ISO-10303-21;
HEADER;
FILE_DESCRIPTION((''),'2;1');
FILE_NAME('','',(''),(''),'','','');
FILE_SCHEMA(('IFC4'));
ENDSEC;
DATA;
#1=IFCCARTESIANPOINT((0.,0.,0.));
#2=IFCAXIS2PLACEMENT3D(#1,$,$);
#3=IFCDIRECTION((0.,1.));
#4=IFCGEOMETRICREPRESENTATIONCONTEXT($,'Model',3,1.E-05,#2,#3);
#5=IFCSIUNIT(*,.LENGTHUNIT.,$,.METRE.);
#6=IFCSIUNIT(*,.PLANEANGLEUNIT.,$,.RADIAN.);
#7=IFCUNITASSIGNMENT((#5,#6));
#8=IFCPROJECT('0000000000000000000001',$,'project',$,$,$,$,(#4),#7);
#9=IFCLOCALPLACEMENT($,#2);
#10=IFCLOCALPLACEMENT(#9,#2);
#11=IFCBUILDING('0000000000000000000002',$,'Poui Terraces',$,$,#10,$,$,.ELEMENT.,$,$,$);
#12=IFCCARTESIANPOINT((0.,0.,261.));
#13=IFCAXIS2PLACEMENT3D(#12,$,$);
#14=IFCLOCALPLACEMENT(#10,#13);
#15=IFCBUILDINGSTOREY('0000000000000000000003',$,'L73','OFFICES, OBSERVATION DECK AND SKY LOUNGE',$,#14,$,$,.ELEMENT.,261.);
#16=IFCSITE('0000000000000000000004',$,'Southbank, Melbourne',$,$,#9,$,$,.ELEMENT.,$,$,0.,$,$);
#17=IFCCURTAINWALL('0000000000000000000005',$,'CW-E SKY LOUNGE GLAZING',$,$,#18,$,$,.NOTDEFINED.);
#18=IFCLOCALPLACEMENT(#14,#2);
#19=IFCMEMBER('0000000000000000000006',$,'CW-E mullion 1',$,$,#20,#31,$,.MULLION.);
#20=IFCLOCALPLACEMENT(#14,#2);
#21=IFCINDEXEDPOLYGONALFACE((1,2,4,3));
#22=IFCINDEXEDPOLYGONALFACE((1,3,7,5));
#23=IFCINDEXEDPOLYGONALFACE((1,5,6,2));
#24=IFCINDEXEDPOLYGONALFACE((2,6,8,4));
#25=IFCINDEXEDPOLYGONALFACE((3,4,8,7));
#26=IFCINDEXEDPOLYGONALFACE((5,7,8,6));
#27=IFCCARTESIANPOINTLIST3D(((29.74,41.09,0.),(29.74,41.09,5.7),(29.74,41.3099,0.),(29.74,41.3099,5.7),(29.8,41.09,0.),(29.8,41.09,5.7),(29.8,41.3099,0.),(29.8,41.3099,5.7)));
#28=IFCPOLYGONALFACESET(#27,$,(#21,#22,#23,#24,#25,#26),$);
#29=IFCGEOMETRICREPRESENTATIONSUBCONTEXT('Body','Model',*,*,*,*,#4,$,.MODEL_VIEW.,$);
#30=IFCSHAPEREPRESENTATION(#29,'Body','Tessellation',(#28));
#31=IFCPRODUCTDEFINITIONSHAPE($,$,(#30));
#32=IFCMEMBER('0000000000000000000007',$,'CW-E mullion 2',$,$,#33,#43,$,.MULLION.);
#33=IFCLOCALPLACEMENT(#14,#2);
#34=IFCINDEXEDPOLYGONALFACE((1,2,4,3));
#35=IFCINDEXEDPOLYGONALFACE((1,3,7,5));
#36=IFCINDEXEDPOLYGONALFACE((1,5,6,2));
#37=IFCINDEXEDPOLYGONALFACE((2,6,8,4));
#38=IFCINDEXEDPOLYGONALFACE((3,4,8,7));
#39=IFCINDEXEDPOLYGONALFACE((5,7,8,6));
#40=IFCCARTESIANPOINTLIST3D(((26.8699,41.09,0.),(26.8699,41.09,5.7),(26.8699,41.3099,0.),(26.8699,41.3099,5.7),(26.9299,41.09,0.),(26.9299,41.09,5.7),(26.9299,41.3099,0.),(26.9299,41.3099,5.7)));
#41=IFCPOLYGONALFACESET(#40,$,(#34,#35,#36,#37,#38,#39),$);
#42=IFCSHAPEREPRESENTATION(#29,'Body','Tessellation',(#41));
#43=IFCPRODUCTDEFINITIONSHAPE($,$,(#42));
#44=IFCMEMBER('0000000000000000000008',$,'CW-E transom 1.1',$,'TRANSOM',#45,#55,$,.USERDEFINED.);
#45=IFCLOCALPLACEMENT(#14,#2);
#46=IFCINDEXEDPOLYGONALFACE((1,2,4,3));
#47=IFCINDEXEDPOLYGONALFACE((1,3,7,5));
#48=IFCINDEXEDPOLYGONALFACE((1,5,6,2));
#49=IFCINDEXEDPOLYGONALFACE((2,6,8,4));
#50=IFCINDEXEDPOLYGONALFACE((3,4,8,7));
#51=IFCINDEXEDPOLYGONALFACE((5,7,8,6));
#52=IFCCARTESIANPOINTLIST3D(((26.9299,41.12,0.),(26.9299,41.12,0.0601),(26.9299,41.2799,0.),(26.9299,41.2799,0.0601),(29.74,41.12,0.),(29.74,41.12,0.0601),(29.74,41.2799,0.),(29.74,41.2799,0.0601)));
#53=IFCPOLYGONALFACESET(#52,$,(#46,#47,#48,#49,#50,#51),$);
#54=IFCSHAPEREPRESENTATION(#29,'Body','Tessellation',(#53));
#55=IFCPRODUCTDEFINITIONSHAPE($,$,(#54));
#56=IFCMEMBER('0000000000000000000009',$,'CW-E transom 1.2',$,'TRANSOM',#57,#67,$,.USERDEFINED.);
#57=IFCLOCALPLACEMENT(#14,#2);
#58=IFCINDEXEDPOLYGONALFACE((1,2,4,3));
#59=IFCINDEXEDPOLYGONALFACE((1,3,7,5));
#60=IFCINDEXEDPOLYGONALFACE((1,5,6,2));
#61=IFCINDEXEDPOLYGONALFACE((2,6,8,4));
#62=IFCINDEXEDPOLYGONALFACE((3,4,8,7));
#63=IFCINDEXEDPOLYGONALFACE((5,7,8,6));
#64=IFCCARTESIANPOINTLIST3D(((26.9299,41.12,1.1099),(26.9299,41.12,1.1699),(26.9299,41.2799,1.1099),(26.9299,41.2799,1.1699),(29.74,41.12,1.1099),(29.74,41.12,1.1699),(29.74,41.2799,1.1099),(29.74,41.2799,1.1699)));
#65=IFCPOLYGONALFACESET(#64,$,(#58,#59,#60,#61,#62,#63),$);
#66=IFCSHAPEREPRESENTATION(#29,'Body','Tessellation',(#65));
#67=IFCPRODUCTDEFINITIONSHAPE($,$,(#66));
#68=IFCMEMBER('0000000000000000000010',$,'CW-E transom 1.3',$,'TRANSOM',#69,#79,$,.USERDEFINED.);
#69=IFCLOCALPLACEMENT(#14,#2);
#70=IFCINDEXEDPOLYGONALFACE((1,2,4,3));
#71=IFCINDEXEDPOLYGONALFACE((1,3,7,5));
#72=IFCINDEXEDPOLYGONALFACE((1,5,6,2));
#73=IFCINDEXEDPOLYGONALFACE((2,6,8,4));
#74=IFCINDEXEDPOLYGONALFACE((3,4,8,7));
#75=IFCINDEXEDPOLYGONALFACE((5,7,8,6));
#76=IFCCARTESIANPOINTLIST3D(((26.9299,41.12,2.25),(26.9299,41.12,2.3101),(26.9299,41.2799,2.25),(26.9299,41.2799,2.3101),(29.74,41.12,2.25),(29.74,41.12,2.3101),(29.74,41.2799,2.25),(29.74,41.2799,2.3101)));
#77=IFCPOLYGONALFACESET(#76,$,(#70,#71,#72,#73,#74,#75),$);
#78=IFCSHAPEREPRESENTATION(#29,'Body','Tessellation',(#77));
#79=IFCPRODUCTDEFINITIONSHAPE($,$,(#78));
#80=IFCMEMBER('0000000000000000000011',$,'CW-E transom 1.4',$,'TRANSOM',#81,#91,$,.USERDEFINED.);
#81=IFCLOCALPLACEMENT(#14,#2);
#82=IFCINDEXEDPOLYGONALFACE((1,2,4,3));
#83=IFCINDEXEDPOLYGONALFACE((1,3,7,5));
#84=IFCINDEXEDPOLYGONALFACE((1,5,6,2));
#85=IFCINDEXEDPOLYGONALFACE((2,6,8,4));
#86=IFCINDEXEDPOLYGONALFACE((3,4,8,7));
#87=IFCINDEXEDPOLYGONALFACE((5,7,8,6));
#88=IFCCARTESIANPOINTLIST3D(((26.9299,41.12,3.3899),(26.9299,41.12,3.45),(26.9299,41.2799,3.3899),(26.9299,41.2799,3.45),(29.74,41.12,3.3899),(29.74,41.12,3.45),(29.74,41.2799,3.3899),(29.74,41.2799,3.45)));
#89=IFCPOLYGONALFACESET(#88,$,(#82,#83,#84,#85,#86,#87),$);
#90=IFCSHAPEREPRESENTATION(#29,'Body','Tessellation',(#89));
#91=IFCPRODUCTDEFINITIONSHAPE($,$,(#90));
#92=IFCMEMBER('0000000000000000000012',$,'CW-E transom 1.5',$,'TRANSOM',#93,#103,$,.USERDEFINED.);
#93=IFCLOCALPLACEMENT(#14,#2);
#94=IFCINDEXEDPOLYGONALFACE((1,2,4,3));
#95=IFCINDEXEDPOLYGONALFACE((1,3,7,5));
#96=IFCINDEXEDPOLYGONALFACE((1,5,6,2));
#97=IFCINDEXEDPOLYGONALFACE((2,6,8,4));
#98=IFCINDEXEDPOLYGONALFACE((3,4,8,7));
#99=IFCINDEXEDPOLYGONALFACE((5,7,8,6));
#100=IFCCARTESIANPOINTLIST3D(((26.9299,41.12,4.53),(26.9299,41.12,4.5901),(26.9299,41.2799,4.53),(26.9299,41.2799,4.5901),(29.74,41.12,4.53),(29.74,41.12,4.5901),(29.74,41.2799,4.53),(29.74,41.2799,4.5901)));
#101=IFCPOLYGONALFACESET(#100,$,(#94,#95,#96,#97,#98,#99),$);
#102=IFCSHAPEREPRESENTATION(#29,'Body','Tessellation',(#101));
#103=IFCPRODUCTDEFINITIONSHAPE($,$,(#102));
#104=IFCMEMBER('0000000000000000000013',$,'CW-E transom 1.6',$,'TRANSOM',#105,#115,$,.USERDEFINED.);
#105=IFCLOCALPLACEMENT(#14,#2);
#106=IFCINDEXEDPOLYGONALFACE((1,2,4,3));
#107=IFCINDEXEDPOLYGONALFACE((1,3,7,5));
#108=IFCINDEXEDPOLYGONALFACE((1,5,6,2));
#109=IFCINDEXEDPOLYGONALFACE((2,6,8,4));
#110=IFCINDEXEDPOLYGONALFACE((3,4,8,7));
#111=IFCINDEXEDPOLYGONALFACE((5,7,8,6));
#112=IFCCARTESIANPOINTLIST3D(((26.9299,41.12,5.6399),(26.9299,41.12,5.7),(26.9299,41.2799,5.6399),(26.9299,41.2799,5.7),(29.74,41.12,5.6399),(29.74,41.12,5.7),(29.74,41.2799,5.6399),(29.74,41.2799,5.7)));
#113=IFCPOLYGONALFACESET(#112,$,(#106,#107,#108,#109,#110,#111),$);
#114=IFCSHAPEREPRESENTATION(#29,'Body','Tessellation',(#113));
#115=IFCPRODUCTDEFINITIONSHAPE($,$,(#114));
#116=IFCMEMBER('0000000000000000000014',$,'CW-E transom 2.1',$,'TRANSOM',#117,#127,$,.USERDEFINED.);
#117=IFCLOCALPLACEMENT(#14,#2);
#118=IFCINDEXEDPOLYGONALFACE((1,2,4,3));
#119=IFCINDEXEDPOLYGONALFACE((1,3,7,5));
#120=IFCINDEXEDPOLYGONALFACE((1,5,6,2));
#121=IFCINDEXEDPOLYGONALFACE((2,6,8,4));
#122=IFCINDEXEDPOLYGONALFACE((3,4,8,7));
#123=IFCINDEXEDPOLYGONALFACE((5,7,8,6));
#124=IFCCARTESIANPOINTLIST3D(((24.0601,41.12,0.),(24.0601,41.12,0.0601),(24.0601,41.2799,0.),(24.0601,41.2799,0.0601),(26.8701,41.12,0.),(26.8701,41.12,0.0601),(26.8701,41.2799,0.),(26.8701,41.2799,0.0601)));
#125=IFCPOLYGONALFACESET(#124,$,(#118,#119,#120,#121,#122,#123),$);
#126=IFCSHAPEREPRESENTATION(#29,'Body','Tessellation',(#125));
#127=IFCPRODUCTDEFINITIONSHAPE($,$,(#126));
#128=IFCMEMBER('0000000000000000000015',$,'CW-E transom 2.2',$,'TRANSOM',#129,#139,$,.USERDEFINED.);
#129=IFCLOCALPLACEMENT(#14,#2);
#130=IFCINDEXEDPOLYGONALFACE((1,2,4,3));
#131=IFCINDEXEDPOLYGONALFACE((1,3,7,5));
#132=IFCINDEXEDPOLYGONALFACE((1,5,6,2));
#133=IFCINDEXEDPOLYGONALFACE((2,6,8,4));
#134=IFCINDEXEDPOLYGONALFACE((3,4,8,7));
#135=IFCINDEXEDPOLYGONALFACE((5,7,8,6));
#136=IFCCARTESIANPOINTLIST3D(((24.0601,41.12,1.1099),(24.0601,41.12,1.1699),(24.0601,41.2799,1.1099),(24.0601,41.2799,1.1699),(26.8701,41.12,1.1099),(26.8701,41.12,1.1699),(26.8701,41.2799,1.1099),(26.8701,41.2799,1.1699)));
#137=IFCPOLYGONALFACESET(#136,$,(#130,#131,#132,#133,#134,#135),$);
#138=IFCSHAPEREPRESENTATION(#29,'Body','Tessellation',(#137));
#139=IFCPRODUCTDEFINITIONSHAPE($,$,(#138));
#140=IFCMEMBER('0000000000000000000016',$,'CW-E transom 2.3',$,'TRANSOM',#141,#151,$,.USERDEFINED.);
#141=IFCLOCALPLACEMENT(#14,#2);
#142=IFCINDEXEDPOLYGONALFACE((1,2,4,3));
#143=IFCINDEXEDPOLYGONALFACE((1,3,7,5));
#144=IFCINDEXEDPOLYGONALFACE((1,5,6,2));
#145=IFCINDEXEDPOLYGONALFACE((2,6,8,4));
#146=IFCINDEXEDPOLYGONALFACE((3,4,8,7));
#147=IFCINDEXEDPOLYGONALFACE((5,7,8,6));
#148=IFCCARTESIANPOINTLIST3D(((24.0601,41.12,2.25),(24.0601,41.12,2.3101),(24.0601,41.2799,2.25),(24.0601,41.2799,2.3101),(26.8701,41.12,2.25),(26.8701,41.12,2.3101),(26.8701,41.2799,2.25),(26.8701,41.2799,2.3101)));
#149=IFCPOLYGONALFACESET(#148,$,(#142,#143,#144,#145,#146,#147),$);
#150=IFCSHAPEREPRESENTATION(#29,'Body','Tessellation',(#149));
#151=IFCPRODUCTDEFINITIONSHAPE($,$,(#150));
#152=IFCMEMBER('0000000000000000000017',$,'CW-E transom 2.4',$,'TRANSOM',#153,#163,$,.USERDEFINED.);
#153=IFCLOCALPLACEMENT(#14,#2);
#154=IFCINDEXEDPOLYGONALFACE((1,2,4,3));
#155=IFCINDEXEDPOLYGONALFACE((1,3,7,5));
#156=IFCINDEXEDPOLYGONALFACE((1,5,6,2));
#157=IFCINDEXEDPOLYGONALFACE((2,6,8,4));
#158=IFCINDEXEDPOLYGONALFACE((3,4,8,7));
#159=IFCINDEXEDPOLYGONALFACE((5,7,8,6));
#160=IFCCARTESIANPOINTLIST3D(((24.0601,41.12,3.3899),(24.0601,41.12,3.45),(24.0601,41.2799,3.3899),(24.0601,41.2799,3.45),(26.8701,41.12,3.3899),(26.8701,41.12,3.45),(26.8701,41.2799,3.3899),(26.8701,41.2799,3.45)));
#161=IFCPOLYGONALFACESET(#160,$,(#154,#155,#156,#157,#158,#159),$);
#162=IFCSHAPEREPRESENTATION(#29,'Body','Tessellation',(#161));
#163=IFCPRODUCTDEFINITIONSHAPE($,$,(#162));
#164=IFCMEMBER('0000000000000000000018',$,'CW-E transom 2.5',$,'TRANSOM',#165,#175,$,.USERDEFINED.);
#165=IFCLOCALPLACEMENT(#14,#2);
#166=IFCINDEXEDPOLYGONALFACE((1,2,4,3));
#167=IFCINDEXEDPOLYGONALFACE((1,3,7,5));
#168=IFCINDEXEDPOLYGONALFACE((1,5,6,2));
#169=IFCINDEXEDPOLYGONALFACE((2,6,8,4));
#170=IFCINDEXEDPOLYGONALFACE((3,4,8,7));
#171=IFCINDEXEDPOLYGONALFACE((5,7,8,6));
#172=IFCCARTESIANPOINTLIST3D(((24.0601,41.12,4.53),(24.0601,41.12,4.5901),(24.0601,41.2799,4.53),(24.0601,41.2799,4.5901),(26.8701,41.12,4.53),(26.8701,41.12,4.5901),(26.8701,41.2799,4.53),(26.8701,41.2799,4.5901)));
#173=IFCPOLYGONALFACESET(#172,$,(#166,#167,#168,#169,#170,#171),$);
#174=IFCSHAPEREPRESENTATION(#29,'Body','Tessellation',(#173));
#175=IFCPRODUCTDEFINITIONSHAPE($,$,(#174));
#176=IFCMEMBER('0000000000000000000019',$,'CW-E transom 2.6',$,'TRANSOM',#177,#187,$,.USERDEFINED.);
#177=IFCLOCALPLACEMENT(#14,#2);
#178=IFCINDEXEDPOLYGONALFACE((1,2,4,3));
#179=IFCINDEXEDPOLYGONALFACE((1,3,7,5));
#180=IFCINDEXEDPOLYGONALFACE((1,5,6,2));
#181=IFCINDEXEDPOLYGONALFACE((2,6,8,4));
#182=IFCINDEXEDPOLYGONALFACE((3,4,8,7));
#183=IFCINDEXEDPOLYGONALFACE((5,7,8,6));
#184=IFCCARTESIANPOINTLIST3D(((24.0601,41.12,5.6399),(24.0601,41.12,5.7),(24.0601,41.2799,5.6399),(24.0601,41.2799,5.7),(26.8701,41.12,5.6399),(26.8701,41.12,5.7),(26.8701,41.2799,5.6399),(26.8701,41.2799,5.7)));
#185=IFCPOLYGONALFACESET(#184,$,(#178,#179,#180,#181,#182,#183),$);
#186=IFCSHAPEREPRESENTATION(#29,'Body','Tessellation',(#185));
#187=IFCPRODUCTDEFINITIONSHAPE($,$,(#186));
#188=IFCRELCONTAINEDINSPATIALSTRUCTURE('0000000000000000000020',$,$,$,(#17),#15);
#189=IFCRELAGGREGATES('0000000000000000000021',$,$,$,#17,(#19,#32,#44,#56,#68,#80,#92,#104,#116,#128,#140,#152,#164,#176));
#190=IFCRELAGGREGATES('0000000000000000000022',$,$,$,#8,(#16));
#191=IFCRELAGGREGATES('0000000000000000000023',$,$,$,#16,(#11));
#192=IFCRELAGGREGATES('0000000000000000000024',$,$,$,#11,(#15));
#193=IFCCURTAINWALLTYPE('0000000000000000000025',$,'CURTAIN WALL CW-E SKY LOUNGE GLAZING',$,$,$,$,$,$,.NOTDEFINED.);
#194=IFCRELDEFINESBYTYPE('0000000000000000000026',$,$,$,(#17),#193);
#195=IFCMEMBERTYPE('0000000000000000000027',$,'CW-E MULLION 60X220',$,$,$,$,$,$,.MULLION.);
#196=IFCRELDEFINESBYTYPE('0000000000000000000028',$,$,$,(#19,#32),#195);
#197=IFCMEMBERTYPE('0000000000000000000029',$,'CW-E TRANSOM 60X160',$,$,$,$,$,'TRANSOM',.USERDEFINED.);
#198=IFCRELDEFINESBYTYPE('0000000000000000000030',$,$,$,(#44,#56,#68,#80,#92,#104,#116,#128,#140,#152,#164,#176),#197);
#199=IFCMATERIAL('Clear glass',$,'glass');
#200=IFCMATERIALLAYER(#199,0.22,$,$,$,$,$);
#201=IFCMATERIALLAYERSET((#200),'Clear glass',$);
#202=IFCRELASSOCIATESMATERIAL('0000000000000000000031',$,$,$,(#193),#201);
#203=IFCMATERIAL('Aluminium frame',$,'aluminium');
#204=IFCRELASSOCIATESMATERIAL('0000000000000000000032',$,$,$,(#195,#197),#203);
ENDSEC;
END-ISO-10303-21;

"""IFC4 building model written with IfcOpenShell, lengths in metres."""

from ifc_helpers import new_model, si_unit, direction, frame, origin, origin_2d, place, context, subcontext, project, spatial, rectangle, extrude, material, layer, layer_set, material_profile, profile_set, type_object, element, aggregate, save


model = new_model("IFC4")

# Units and contexts
model_context = context("Model", 3, precision=1e-05, world=origin(), true_north=direction((0.0, 1.0)))
body_context = subcontext(model_context, "Body", "Model", "MODEL_VIEW")
ifc_project = project(units=[si_unit("LENGTHUNIT", "METRE"), si_unit("PLANEANGLEUNIT", "RADIAN")], contexts=[model_context])

# Site, building, storey
site_placement = place(None, origin())
site = spatial("IfcSite", under=ifc_project, at=site_placement, Name="Southbank, Melbourne", CompositionType="ELEMENT", RefElevation=0.0)
building_placement = place(site_placement, origin())
building = spatial("IfcBuilding", under=site, at=building_placement, Name="Poui Terraces", CompositionType="ELEMENT")
storey_placement = place(building_placement, frame((0.0, 0.0, 261.0)))
storey = spatial("IfcBuildingStorey", under=building, at=storey_placement, Name="L73", Description="OFFICES, OBSERVATION DECK AND SKY LOUNGE", CompositionType="ELEMENT", Elevation=261.0)

# Curtain wall, members
ifc_material_1 = material(Name="Clear glass", Category="glass")
ifc_layer_1 = layer(ifc_material_1, 0.22)
ifc_layer_set_1 = layer_set([ifc_layer_1], Name="Clear glass")
curtain_wall_type = type_object("IfcCurtainWallType", Name="CURTAIN WALL CW-E SKY LOUNGE GLAZING", PredefinedType="NOTDEFINED", material=ifc_layer_set_1)
curtain_wall_placement = place(storey_placement, origin())
curtain_wall = element("IfcCurtainWall", 1, at=curtain_wall_placement, inside=storey, type_object=curtain_wall_type, Name="CW-E SKY LOUNGE GLAZING", PredefinedType="NOTDEFINED")
ifc_material_2 = material(Name="Aluminium frame", Category="aluminium")
ifc_material_profile_1 = material_profile(ifc_material_2, rectangle(XDim=0.22, YDim=0.0601, at=origin_2d()), Name="CW-E MULLION 60X220")
ifc_profile_set_1 = profile_set([ifc_material_profile_1], Name="Aluminium frame")
member_type_1 = type_object("IfcMemberType", Name="CW-E MULLION 60X220", PredefinedType="MULLION", material=ifc_profile_set_1)
member_1_placement = place(storey_placement, frame((29.77, 41.2, 0.0), z_axis=(0.0, 0.0, 1.0), x_axis=(0.0, -1.0, 0.0)))
member_1 = element("IfcMember", 2, at=member_1_placement, type_object=member_type_1, Name="CW-E mullion 1", PredefinedType="MULLION", context=body_context, shape_type="SweptSolid", body=[
    extrude(rectangle(XDim=0.22, YDim=0.0601, at=origin_2d()), origin(), (0.0, 0.0, 1.0), 5.7),
])
member_2_placement = place(storey_placement, frame((26.8999, 41.2, 0.0), z_axis=(0.0, 0.0, 1.0), x_axis=(0.0, -1.0, 0.0)))
member_2 = element("IfcMember", 3, at=member_2_placement, type_object=member_type_1, Name="CW-E mullion 2", PredefinedType="MULLION", context=body_context, shape_type="SweptSolid", body=[
    extrude(rectangle(XDim=0.22, YDim=0.0601, at=origin_2d()), origin(), (0.0, 0.0, 1.0), 5.7),
])
ifc_material_profile_2 = material_profile(ifc_material_2, rectangle(XDim=0.1599, YDim=0.0601, at=origin_2d()), Name="CW-E TRANSOM 60X160")
ifc_profile_set_2 = profile_set([ifc_material_profile_2], Name="Aluminium frame")
member_type_2 = type_object("IfcMemberType", Name="CW-E TRANSOM 60X160", ElementType="TRANSOM", PredefinedType="USERDEFINED", material=ifc_profile_set_2)
member_3_placement = place(storey_placement, frame((29.74, 41.2, 0.03), z_axis=(-1.0, 0.0, 0.0), x_axis=(0.0, -1.0, 0.0)))
member_3 = element("IfcMember", 4, at=member_3_placement, type_object=member_type_2, Name="CW-E transom 1.1", ObjectType="TRANSOM", PredefinedType="USERDEFINED", context=body_context, shape_type="SweptSolid", body=[
    extrude(rectangle(XDim=0.1599, YDim=0.0601, at=origin_2d()), origin(), (0.0, 0.0, 1.0), 2.8101),
])
member_4_placement = place(storey_placement, frame((29.74, 41.2, 1.1399), z_axis=(-1.0, 0.0, 0.0), x_axis=(0.0, -1.0, 0.0)))
member_4 = element("IfcMember", 5, at=member_4_placement, type_object=member_type_2, Name="CW-E transom 1.2", ObjectType="TRANSOM", PredefinedType="USERDEFINED", context=body_context, shape_type="SweptSolid", body=[
    extrude(rectangle(XDim=0.1599, YDim=0.0601, at=origin_2d()), origin(), (0.0, 0.0, 1.0), 2.8101),
])
member_5_placement = place(storey_placement, frame((29.74, 41.2, 2.28), z_axis=(-1.0, 0.0, 0.0), x_axis=(0.0, -1.0, 0.0)))
member_5 = element("IfcMember", 6, at=member_5_placement, type_object=member_type_2, Name="CW-E transom 1.3", ObjectType="TRANSOM", PredefinedType="USERDEFINED", context=body_context, shape_type="SweptSolid", body=[
    extrude(rectangle(XDim=0.1599, YDim=0.0601, at=origin_2d()), origin(), (0.0, 0.0, 1.0), 2.8101),
])
member_6_placement = place(storey_placement, frame((29.74, 41.2, 3.4199), z_axis=(-1.0, 0.0, 0.0), x_axis=(0.0, -1.0, 0.0)))
member_6 = element("IfcMember", 7, at=member_6_placement, type_object=member_type_2, Name="CW-E transom 1.4", ObjectType="TRANSOM", PredefinedType="USERDEFINED", context=body_context, shape_type="SweptSolid", body=[
    extrude(rectangle(XDim=0.1599, YDim=0.0601, at=origin_2d()), origin(), (0.0, 0.0, 1.0), 2.8101),
])
member_7_placement = place(storey_placement, frame((29.74, 41.2, 4.5601), z_axis=(-1.0, 0.0, 0.0), x_axis=(0.0, -1.0, 0.0)))
member_7 = element("IfcMember", 8, at=member_7_placement, type_object=member_type_2, Name="CW-E transom 1.5", ObjectType="TRANSOM", PredefinedType="USERDEFINED", context=body_context, shape_type="SweptSolid", body=[
    extrude(rectangle(XDim=0.1599, YDim=0.0601, at=origin_2d()), origin(), (0.0, 0.0, 1.0), 2.8101),
])
member_8_placement = place(storey_placement, frame((29.74, 41.2, 5.6699), z_axis=(-1.0, 0.0, 0.0), x_axis=(0.0, -1.0, 0.0)))
member_8 = element("IfcMember", 9, at=member_8_placement, type_object=member_type_2, Name="CW-E transom 1.6", ObjectType="TRANSOM", PredefinedType="USERDEFINED", context=body_context, shape_type="SweptSolid", body=[
    extrude(rectangle(XDim=0.1599, YDim=0.0601, at=origin_2d()), origin(), (0.0, 0.0, 1.0), 2.8101),
])
member_9_placement = place(storey_placement, frame((26.8701, 41.2, 0.03), z_axis=(-1.0, 0.0, 0.0), x_axis=(0.0, -1.0, 0.0)))
member_9 = element("IfcMember", 10, at=member_9_placement, type_object=member_type_2, Name="CW-E transom 2.1", ObjectType="TRANSOM", PredefinedType="USERDEFINED", context=body_context, shape_type="SweptSolid", body=[
    extrude(rectangle(XDim=0.1599, YDim=0.0601, at=origin_2d()), origin(), (0.0, 0.0, 1.0), 2.8101),
])
member_10_placement = place(storey_placement, frame((26.8701, 41.2, 1.1399), z_axis=(-1.0, 0.0, 0.0), x_axis=(0.0, -1.0, 0.0)))
member_10 = element("IfcMember", 11, at=member_10_placement, type_object=member_type_2, Name="CW-E transom 2.2", ObjectType="TRANSOM", PredefinedType="USERDEFINED", context=body_context, shape_type="SweptSolid", body=[
    extrude(rectangle(XDim=0.1599, YDim=0.0601, at=origin_2d()), origin(), (0.0, 0.0, 1.0), 2.8101),
])
member_11_placement = place(storey_placement, frame((26.8701, 41.2, 2.28), z_axis=(-1.0, 0.0, 0.0), x_axis=(0.0, -1.0, 0.0)))
member_11 = element("IfcMember", 12, at=member_11_placement, type_object=member_type_2, Name="CW-E transom 2.3", ObjectType="TRANSOM", PredefinedType="USERDEFINED", context=body_context, shape_type="SweptSolid", body=[
    extrude(rectangle(XDim=0.1599, YDim=0.0601, at=origin_2d()), origin(), (0.0, 0.0, 1.0), 2.8101),
])
member_12_placement = place(storey_placement, frame((26.8701, 41.2, 3.4199), z_axis=(-1.0, 0.0, 0.0), x_axis=(0.0, -1.0, 0.0)))
member_12 = element("IfcMember", 13, at=member_12_placement, type_object=member_type_2, Name="CW-E transom 2.4", ObjectType="TRANSOM", PredefinedType="USERDEFINED", context=body_context, shape_type="SweptSolid", body=[
    extrude(rectangle(XDim=0.1599, YDim=0.0601, at=origin_2d()), origin(), (0.0, 0.0, 1.0), 2.8101),
])
member_13_placement = place(storey_placement, frame((26.8701, 41.2, 4.5601), z_axis=(-1.0, 0.0, 0.0), x_axis=(0.0, -1.0, 0.0)))
member_13 = element("IfcMember", 14, at=member_13_placement, type_object=member_type_2, Name="CW-E transom 2.5", ObjectType="TRANSOM", PredefinedType="USERDEFINED", context=body_context, shape_type="SweptSolid", body=[
    extrude(rectangle(XDim=0.1599, YDim=0.0601, at=origin_2d()), origin(), (0.0, 0.0, 1.0), 2.8101),
])
member_14_placement = place(storey_placement, frame((26.8701, 41.2, 5.6699), z_axis=(-1.0, 0.0, 0.0), x_axis=(0.0, -1.0, 0.0)))
member_14 = element("IfcMember", 15, at=member_14_placement, type_object=member_type_2, Name="CW-E transom 2.6", ObjectType="TRANSOM", PredefinedType="USERDEFINED", context=body_context, shape_type="SweptSolid", body=[
    extrude(rectangle(XDim=0.1599, YDim=0.0601, at=origin_2d()), origin(), (0.0, 0.0, 1.0), 2.8101),
])

aggregate(curtain_wall, [member_1, member_2, member_3, member_4, member_5, member_6, member_7, member_8, member_9, member_10, member_11, member_12, member_13, member_14])

save(model, "model.ifc")
